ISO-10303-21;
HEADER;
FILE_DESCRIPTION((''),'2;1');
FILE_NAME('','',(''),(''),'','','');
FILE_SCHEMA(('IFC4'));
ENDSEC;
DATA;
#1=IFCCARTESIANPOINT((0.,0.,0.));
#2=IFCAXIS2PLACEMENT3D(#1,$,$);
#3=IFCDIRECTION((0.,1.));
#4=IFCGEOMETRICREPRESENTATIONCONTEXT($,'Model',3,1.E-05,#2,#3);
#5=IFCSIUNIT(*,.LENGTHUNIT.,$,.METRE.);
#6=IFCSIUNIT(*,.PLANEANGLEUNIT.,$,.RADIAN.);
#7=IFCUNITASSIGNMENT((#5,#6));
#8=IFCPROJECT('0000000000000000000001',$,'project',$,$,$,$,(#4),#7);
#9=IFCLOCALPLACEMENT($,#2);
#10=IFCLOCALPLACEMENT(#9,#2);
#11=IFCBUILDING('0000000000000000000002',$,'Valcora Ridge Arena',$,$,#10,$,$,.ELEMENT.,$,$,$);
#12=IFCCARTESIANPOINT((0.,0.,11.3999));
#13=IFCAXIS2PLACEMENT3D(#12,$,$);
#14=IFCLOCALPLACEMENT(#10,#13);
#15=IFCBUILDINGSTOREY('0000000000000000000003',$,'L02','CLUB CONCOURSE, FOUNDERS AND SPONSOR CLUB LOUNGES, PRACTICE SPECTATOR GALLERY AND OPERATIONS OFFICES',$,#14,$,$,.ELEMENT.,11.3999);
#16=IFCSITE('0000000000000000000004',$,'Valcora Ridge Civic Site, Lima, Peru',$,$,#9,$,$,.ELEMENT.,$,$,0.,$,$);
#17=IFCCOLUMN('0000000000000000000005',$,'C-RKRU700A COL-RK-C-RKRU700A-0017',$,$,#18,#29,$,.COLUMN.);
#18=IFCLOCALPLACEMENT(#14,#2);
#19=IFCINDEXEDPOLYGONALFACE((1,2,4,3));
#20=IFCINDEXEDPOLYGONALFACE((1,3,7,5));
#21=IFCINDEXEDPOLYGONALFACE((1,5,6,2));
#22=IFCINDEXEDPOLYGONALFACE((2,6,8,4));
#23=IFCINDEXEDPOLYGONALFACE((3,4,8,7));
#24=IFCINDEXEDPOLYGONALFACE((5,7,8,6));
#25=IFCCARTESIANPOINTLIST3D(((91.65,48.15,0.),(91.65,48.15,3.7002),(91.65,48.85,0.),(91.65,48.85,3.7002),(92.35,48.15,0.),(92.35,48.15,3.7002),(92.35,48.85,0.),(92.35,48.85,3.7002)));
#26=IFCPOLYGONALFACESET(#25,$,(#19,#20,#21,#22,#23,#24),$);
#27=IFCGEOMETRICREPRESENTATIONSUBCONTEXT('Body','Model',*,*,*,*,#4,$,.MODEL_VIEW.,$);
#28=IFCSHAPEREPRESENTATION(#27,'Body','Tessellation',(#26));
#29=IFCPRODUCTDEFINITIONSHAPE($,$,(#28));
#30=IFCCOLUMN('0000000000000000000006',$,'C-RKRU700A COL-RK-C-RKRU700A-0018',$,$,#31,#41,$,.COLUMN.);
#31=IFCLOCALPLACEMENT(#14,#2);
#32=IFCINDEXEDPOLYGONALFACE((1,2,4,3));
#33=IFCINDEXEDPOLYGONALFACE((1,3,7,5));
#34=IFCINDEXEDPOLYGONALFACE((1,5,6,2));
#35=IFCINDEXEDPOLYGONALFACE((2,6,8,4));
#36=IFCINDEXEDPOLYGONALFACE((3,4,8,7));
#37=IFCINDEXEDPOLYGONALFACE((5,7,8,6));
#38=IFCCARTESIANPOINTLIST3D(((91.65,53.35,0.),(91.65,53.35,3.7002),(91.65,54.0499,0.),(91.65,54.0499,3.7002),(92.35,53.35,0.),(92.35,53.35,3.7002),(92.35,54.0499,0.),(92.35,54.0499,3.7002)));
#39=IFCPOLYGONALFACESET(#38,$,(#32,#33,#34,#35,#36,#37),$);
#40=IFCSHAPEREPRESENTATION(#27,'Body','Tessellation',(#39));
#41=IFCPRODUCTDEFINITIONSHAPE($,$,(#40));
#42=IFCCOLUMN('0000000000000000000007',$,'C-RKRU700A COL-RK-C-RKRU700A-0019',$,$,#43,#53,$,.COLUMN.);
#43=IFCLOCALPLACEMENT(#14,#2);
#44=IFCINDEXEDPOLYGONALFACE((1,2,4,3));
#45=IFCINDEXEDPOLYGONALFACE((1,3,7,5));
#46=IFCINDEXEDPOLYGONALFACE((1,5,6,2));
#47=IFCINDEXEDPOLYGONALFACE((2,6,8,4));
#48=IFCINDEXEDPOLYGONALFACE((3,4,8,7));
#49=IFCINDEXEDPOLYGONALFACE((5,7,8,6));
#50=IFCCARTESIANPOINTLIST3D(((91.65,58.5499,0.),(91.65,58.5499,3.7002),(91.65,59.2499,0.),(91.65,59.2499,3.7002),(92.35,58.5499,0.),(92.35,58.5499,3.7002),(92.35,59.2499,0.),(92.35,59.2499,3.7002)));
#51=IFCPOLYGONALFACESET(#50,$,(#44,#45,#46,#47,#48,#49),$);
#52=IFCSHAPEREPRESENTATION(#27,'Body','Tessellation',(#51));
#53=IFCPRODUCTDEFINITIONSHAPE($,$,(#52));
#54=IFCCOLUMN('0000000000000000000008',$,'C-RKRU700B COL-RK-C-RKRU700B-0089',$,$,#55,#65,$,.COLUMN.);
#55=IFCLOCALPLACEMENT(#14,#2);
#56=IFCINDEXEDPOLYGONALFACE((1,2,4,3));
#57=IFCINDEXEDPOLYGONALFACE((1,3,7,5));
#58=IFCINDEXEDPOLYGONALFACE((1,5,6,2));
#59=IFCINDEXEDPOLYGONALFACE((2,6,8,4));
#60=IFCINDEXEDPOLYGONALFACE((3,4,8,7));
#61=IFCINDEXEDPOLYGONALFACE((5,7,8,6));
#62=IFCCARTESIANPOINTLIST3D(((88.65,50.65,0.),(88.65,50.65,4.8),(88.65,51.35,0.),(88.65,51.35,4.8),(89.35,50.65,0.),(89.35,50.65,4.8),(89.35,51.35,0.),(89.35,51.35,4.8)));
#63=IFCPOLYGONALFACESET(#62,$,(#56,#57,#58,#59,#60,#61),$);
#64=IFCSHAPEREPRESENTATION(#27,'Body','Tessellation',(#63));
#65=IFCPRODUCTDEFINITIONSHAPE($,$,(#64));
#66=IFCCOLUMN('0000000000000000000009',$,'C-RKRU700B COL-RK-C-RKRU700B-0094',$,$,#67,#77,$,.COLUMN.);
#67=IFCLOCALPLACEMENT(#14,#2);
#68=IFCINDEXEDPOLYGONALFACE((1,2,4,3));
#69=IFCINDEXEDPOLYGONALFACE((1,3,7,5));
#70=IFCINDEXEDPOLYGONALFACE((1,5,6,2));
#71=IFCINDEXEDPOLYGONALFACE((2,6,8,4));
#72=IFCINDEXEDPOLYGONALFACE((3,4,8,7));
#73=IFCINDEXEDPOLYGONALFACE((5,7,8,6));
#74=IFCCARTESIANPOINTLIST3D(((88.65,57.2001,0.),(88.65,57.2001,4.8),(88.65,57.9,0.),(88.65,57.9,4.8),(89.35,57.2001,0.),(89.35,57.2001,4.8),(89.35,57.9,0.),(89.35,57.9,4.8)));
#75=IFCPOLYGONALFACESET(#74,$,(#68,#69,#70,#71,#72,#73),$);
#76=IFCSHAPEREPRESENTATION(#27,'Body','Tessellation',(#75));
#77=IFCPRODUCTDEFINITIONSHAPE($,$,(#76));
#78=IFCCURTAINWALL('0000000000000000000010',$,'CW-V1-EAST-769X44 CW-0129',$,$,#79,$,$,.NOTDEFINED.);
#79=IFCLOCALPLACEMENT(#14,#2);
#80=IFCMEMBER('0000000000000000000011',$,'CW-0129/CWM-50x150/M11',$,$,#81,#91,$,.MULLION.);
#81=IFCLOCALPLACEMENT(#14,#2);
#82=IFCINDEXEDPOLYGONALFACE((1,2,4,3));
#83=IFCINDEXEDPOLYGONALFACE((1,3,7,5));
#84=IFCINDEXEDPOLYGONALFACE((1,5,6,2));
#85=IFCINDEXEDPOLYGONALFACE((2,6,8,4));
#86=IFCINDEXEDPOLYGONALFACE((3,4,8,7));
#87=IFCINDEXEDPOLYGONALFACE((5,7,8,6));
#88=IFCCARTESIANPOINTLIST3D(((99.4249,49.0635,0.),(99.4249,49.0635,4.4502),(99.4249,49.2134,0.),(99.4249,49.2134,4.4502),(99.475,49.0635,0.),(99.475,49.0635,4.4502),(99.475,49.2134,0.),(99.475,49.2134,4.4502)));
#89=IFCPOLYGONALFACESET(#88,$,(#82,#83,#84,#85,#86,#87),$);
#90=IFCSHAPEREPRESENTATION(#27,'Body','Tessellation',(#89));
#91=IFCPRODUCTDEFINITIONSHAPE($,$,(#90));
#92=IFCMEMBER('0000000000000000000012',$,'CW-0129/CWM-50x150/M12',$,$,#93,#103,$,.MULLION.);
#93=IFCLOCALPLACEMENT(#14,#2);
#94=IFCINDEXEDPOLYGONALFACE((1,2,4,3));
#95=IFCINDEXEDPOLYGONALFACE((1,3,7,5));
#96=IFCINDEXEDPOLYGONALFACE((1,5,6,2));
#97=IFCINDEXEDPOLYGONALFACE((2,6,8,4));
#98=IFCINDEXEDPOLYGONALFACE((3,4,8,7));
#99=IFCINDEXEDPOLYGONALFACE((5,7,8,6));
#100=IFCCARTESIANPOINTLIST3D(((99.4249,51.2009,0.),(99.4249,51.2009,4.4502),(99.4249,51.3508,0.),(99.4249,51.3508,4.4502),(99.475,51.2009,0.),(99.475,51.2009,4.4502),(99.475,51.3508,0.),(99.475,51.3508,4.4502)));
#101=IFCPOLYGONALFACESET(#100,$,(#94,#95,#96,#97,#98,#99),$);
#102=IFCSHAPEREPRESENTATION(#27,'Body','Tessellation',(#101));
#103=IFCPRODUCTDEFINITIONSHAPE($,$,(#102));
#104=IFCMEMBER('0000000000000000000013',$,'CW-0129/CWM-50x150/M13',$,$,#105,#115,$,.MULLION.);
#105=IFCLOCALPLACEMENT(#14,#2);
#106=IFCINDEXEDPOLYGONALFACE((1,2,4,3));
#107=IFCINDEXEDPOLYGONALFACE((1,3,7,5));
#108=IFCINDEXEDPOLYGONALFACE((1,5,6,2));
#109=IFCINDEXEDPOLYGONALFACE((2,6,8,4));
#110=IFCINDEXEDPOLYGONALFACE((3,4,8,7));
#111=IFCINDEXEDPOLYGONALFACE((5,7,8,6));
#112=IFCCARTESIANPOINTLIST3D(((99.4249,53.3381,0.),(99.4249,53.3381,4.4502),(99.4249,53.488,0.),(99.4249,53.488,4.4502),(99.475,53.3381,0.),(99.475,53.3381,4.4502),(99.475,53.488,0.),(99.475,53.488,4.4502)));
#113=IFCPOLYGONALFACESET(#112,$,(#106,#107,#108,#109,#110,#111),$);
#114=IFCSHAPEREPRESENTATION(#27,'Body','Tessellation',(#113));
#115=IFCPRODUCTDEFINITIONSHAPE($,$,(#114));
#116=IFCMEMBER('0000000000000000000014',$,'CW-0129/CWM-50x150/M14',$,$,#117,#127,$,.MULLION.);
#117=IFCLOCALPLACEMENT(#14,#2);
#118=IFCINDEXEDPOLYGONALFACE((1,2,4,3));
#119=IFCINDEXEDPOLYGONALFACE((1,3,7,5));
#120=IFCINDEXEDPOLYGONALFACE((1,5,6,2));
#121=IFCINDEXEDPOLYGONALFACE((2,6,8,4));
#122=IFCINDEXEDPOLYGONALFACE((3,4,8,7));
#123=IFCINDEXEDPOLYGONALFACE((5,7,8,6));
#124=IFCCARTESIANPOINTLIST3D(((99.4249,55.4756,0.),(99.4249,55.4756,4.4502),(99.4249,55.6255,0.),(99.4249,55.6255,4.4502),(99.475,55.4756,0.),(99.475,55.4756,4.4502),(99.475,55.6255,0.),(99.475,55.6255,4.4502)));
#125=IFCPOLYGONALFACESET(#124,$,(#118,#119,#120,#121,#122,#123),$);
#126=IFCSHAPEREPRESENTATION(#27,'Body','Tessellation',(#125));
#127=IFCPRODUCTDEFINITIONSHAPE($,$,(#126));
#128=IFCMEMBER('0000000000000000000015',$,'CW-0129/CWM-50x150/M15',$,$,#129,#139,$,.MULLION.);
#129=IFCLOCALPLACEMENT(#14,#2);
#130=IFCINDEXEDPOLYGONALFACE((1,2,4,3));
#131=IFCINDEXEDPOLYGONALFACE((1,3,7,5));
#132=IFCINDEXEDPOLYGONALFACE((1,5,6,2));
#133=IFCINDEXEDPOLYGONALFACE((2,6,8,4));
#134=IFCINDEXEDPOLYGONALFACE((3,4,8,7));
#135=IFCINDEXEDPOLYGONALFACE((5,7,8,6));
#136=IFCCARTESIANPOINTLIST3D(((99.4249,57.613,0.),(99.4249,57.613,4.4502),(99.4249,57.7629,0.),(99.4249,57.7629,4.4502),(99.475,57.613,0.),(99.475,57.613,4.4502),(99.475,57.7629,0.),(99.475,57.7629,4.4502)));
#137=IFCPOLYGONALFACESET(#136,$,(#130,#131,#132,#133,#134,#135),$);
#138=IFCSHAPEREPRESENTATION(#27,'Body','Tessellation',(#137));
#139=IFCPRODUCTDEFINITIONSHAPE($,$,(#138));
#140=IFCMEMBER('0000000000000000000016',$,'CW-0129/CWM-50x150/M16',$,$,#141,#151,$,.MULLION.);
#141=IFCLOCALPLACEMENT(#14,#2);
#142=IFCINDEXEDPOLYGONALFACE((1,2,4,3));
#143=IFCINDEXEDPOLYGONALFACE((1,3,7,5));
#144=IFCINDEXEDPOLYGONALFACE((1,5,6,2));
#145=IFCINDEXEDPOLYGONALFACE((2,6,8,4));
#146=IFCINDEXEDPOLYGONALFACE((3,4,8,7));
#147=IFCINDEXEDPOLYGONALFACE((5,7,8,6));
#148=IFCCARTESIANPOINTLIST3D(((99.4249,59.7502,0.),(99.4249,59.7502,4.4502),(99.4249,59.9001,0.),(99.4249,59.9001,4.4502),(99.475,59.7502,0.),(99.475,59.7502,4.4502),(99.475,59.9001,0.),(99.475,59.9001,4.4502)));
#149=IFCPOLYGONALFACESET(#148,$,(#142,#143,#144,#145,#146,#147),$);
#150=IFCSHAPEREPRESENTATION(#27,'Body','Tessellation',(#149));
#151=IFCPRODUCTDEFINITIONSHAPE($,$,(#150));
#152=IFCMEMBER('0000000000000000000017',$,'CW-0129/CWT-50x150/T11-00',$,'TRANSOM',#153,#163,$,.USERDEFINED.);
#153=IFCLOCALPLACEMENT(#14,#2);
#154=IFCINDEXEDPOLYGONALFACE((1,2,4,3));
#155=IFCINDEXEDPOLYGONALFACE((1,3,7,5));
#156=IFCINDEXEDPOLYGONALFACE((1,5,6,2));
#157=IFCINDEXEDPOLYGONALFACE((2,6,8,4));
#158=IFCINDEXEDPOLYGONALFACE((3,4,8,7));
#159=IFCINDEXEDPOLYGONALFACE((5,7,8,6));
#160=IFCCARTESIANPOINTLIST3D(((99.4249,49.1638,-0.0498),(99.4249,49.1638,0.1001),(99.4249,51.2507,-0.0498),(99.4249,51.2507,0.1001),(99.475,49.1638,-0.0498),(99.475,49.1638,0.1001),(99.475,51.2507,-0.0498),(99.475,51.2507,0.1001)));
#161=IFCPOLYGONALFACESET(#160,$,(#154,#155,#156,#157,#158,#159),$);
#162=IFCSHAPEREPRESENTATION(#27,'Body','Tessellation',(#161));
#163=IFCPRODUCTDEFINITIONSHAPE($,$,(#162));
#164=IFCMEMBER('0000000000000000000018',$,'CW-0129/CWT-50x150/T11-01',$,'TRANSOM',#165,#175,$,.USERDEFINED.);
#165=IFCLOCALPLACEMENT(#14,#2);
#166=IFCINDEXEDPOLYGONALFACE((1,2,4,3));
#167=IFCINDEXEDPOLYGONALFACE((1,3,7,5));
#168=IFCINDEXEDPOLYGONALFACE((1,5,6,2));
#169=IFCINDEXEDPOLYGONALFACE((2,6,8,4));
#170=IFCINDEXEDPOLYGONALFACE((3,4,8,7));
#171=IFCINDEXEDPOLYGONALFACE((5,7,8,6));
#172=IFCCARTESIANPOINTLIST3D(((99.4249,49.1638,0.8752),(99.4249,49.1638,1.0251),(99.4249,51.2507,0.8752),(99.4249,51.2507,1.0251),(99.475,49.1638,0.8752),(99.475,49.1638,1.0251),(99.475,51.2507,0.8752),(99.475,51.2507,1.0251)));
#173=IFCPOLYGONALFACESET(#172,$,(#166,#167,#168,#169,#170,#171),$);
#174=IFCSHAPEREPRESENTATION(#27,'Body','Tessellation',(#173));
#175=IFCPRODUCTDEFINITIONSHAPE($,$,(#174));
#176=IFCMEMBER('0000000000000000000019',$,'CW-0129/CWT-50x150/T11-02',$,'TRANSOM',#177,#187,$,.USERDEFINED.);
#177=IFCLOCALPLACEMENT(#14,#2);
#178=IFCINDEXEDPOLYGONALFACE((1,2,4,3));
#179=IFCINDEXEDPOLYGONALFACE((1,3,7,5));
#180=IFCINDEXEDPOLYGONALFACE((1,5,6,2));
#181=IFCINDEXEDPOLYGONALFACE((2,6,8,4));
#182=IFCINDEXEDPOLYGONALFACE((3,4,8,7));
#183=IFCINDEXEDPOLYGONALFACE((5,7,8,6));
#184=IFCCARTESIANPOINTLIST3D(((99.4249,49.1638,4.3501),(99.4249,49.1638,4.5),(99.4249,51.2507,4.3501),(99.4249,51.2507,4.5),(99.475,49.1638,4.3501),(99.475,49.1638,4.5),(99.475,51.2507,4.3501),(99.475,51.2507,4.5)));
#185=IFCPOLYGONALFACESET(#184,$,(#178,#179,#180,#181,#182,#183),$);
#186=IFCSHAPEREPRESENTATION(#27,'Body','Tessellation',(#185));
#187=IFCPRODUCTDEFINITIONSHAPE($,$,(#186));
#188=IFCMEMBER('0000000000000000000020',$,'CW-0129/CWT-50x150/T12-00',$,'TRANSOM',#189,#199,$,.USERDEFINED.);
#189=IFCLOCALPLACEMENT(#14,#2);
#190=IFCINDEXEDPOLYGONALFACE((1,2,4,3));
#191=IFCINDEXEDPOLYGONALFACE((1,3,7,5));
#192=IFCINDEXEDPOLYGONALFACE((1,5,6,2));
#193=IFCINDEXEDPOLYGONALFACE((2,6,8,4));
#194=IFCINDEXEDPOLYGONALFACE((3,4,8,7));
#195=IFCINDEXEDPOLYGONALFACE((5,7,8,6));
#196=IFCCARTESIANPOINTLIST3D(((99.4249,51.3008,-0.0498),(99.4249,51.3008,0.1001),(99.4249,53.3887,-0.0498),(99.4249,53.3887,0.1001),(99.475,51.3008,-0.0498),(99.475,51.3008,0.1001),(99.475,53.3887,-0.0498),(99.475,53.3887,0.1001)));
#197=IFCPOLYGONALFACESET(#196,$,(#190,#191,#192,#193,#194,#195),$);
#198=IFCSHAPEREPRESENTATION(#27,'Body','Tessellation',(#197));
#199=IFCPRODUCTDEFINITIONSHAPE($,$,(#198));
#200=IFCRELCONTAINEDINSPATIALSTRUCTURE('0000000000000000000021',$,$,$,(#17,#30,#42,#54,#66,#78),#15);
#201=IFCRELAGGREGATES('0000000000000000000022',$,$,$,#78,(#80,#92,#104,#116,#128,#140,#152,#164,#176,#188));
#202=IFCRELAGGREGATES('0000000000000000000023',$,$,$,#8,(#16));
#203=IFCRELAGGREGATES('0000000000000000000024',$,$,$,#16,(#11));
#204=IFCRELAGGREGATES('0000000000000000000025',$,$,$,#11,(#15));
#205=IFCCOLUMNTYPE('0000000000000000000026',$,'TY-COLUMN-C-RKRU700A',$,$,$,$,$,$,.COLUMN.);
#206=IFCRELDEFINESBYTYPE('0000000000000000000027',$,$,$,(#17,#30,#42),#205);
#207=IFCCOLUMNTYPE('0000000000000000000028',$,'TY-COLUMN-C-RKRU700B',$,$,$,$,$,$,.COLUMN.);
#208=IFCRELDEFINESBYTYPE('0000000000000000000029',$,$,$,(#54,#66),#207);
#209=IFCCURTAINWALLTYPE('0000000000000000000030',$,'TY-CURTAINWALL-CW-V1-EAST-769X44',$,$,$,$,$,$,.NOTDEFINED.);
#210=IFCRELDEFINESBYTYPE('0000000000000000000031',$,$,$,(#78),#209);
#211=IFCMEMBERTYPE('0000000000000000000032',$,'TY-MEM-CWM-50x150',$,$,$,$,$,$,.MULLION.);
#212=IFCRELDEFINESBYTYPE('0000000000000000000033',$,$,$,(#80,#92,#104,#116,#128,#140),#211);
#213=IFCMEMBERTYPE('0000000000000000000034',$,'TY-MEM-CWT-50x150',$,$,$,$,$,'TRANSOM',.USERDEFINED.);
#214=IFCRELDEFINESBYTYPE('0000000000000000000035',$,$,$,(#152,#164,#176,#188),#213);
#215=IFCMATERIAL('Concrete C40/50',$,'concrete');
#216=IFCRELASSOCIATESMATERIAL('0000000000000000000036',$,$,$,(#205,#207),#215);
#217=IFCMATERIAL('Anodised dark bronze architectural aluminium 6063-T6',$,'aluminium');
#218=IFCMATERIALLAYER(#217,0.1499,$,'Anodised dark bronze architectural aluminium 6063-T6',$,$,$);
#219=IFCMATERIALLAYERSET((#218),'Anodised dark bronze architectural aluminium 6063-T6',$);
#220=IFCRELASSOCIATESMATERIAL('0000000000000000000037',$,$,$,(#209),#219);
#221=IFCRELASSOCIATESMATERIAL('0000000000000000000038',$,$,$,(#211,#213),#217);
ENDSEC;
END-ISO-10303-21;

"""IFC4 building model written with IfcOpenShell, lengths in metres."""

from ifc_helpers import new_model, si_unit, direction, frame, origin, origin_2d, place, context, subcontext, project, spatial, rectangle, extrude, material, layer, layer_set, material_profile, profile_set, type_object, element, aggregate, save


model = new_model("IFC4")

# Units and contexts
model_context = context("Model", 3, precision=1e-05, world=origin(), true_north=direction((0.0, 1.0)))
body_context = subcontext(model_context, "Body", "Model", "MODEL_VIEW")
ifc_project = project(units=[si_unit("LENGTHUNIT", "METRE"), si_unit("PLANEANGLEUNIT", "RADIAN")], contexts=[model_context])

# Site, building, storey
site_placement = place(None, origin())
site = spatial("IfcSite", under=ifc_project, at=site_placement, Name="Valcora Ridge Civic Site, Lima, Peru", CompositionType="ELEMENT", RefElevation=0.0)
building_placement = place(site_placement, origin())
building = spatial("IfcBuilding", under=site, at=building_placement, Name="Valcora Ridge Arena", CompositionType="ELEMENT")
storey_placement = place(building_placement, frame((0.0, 0.0, 11.3999)))
storey = spatial("IfcBuildingStorey", under=building, at=storey_placement, Name="L02", Description="CLUB CONCOURSE, FOUNDERS AND SPONSOR CLUB LOUNGES, PRACTICE SPECTATOR GALLERY AND OPERATIONS OFFICES", CompositionType="ELEMENT", Elevation=11.3999)

# Columns
ifc_material_1 = material(Name="Concrete C40/50", Category="concrete")
ifc_material_profile_1 = material_profile(ifc_material_1, rectangle(XDim=0.7, YDim=0.7, at=origin_2d()), Name="RC 700x700")
ifc_profile_set_1 = profile_set([ifc_material_profile_1], Name="Concrete C40/50")
column_type_1 = type_object("IfcColumnType", Name="TY-COLUMN-C-RKRU700A", PredefinedType="COLUMN", material=ifc_profile_set_1)
for number, where, z_axis, x_axis, name in (
    (1, (92.0, 48.5, 0.0), (0.0, 0.0, 1.0), (1.0, 0.0, 0.0), "C-RKRU700A COL-RK-C-RKRU700A-0017"),
    (2, (92.0, 53.7, 0.0), (0.0, 0.0, 1.0), (1.0, 0.0, 0.0), "C-RKRU700A COL-RK-C-RKRU700A-0018"),
    (3, (92.0, 58.8999, 0.0), (0.0, 0.0, 1.0), (1.0, 0.0, 0.0), "C-RKRU700A COL-RK-C-RKRU700A-0019"),
):
    element("IfcColumn", number, at=place(storey_placement, frame(where, z_axis=z_axis, x_axis=x_axis)), inside=storey, type_object=column_type_1, Name=name, PredefinedType="COLUMN", context=body_context, shape_type="SweptSolid", body=[
        extrude(rectangle(XDim=0.7, YDim=0.7, at=origin_2d()), origin(), (0.0, 0.0, 1.0), 3.7002),
    ])
ifc_material_profile_2 = material_profile(ifc_material_1, rectangle(XDim=0.7, YDim=0.7, at=origin_2d()), Name="RC 700x700")
ifc_profile_set_2 = profile_set([ifc_material_profile_2], Name="Concrete C40/50")
column_type_2 = type_object("IfcColumnType", Name="TY-COLUMN-C-RKRU700B", PredefinedType="COLUMN", material=ifc_profile_set_2)
for number, where, z_axis, x_axis, name in (
    (4, (89.0, 51.0, 0.0), (0.0, 0.0, 1.0), (1.0, 0.0, 0.0), "C-RKRU700B COL-RK-C-RKRU700B-0089"),
    (5, (89.0, 57.55, 0.0), (0.0, 0.0, 1.0), (1.0, 0.0, 0.0), "C-RKRU700B COL-RK-C-RKRU700B-0094"),
):
    element("IfcColumn", number, at=place(storey_placement, frame(where, z_axis=z_axis, x_axis=x_axis)), inside=storey, type_object=column_type_2, Name=name, PredefinedType="COLUMN", context=body_context, shape_type="SweptSolid", body=[
        extrude(rectangle(XDim=0.7, YDim=0.7, at=origin_2d()), origin(), (0.0, 0.0, 1.0), 4.8),
    ])

# Curtain wall, members
ifc_material_2 = material(Name="Anodised dark bronze architectural aluminium 6063-T6", Category="aluminium")
ifc_layer_1 = layer(ifc_material_2, 0.1499, Name="Anodised dark bronze architectural aluminium 6063-T6")
ifc_layer_set_1 = layer_set([ifc_layer_1], Name="Anodised dark bronze architectural aluminium 6063-T6")
curtain_wall_type = type_object("IfcCurtainWallType", Name="TY-CURTAINWALL-CW-V1-EAST-769X44", PredefinedType="NOTDEFINED", material=ifc_layer_set_1)
curtain_wall_placement = place(storey_placement, origin())
curtain_wall = element("IfcCurtainWall", 6, at=curtain_wall_placement, inside=storey, type_object=curtain_wall_type, Name="CW-V1-EAST-769X44 CW-0129", PredefinedType="NOTDEFINED")
ifc_material_profile_3 = material_profile(ifc_material_2, rectangle(XDim=0.05, YDim=0.1499, at=origin_2d()), Name="ALU MULLION 50x150")
ifc_profile_set_3 = profile_set([ifc_material_profile_3], Name="Anodised dark bronze architectural aluminium 6063-T6")
member_type_1 = type_object("IfcMemberType", Name="TY-MEM-CWM-50x150", PredefinedType="MULLION", material=ifc_profile_set_3)
member_1_placement = place(storey_placement, frame((99.45, 49.1384, 0.0), z_axis=(0.0, 0.0, 1.0), x_axis=(-1.0, 0.0, 0.0)))
member_1 = element("IfcMember", 7, at=member_1_placement, type_object=member_type_1, Name="CW-0129/CWM-50x150/M11", PredefinedType="MULLION", context=body_context, shape_type="SweptSolid", body=[
    extrude(rectangle(XDim=0.05, YDim=0.1499, at=origin_2d()), origin(), (0.0, 0.0, 1.0), 4.4502),
])
member_2_placement = place(storey_placement, frame((99.45, 51.2759, 0.0), z_axis=(0.0, 0.0, 1.0), x_axis=(-1.0, 0.0, 0.0)))
member_2 = element("IfcMember", 8, at=member_2_placement, type_object=member_type_1, Name="CW-0129/CWM-50x150/M12", PredefinedType="MULLION", context=body_context, shape_type="SweptSolid", body=[
    extrude(rectangle(XDim=0.05, YDim=0.1499, at=origin_2d()), origin(), (0.0, 0.0, 1.0), 4.4502),
])
member_3_placement = place(storey_placement, frame((99.45, 53.4131, 0.0), z_axis=(0.0, 0.0, 1.0), x_axis=(-1.0, 0.0, 0.0)))
member_3 = element("IfcMember", 9, at=member_3_placement, type_object=member_type_1, Name="CW-0129/CWM-50x150/M13", PredefinedType="MULLION", context=body_context, shape_type="SweptSolid", body=[
    extrude(rectangle(XDim=0.05, YDim=0.1499, at=origin_2d()), origin(), (0.0, 0.0, 1.0), 4.4502),
])
member_4_placement = place(storey_placement, frame((99.45, 55.5505, 0.0), z_axis=(0.0, 0.0, 1.0), x_axis=(-1.0, 0.0, 0.0)))
member_4 = element("IfcMember", 10, at=member_4_placement, type_object=member_type_1, Name="CW-0129/CWM-50x150/M14", PredefinedType="MULLION", context=body_context, shape_type="SweptSolid", body=[
    extrude(rectangle(XDim=0.05, YDim=0.1499, at=origin_2d()), origin(), (0.0, 0.0, 1.0), 4.4502),
])
member_5_placement = place(storey_placement, frame((99.45, 57.688, 0.0), z_axis=(0.0, 0.0, 1.0), x_axis=(-1.0, 0.0, 0.0)))
member_5 = element("IfcMember", 11, at=member_5_placement, type_object=member_type_1, Name="CW-0129/CWM-50x150/M15", PredefinedType="MULLION", context=body_context, shape_type="SweptSolid", body=[
    extrude(rectangle(XDim=0.05, YDim=0.1499, at=origin_2d()), origin(), (0.0, 0.0, 1.0), 4.4502),
])
member_6_placement = place(storey_placement, frame((99.45, 59.8252, 0.0), z_axis=(0.0, 0.0, 1.0), x_axis=(-1.0, 0.0, 0.0)))
member_6 = element("IfcMember", 12, at=member_6_placement, type_object=member_type_1, Name="CW-0129/CWM-50x150/M16", PredefinedType="MULLION", context=body_context, shape_type="SweptSolid", body=[
    extrude(rectangle(XDim=0.05, YDim=0.1499, at=origin_2d()), origin(), (0.0, 0.0, 1.0), 4.4502),
])
ifc_material_profile_4 = material_profile(ifc_material_2, rectangle(XDim=0.05, YDim=0.1499, at=origin_2d()), Name="ALU TRANSOM 50x150")
ifc_profile_set_4 = profile_set([ifc_material_profile_4], Name="Anodised dark bronze architectural aluminium 6063-T6")
member_type_2 = type_object("IfcMemberType", Name="TY-MEM-CWT-50x150", ElementType="TRANSOM", PredefinedType="USERDEFINED", material=ifc_profile_set_4)
member_7_placement = place(storey_placement, frame((99.45, 49.1638, 0.0251), z_axis=(0.0, 1.0, 0.0), x_axis=(-1.0, 0.0, 0.0)))
member_7 = element("IfcMember", 13, at=member_7_placement, type_object=member_type_2, Name="CW-0129/CWT-50x150/T11-00", ObjectType="TRANSOM", PredefinedType="USERDEFINED", context=body_context, shape_type="SweptSolid", body=[
    extrude(rectangle(XDim=0.05, YDim=0.1499, at=origin_2d()), origin(), (0.0, 0.0, 1.0), 2.0869),
])
member_8_placement = place(storey_placement, frame((99.45, 49.1638, 0.9502), z_axis=(0.0, 1.0, 0.0), x_axis=(-1.0, 0.0, 0.0)))
member_8 = element("IfcMember", 14, at=member_8_placement, type_object=member_type_2, Name="CW-0129/CWT-50x150/T11-01", ObjectType="TRANSOM", PredefinedType="USERDEFINED", context=body_context, shape_type="SweptSolid", body=[
    extrude(rectangle(XDim=0.05, YDim=0.1499, at=origin_2d()), origin(), (0.0, 0.0, 1.0), 2.0869),
])
member_9_placement = place(storey_placement, frame((99.45, 49.1638, 4.425), z_axis=(0.0, 1.0, 0.0), x_axis=(-1.0, 0.0, 0.0)))
member_9 = element("IfcMember", 15, at=member_9_placement, type_object=member_type_2, Name="CW-0129/CWT-50x150/T11-02", ObjectType="TRANSOM", PredefinedType="USERDEFINED", context=body_context, shape_type="SweptSolid", body=[
    extrude(rectangle(XDim=0.05, YDim=0.1499, at=origin_2d()), origin(), (0.0, 0.0, 1.0), 2.0869),
])
member_10_placement = place(storey_placement, frame((99.45, 51.3008, 0.0251), z_axis=(0.0, 1.0, 0.0), x_axis=(-1.0, 0.0, 0.0)))
member_10 = element("IfcMember", 16, at=member_10_placement, type_object=member_type_2, Name="CW-0129/CWT-50x150/T12-00", ObjectType="TRANSOM", PredefinedType="USERDEFINED", context=body_context, shape_type="SweptSolid", body=[
    extrude(rectangle(XDim=0.05, YDim=0.1499, at=origin_2d()), origin(), (0.0, 0.0, 1.0), 2.0879),
])
aggregate(curtain_wall, [member_1, member_2, member_3, member_4, member_5, member_6, member_7, member_8, member_9, member_10])

save(model, "model.ifc")
